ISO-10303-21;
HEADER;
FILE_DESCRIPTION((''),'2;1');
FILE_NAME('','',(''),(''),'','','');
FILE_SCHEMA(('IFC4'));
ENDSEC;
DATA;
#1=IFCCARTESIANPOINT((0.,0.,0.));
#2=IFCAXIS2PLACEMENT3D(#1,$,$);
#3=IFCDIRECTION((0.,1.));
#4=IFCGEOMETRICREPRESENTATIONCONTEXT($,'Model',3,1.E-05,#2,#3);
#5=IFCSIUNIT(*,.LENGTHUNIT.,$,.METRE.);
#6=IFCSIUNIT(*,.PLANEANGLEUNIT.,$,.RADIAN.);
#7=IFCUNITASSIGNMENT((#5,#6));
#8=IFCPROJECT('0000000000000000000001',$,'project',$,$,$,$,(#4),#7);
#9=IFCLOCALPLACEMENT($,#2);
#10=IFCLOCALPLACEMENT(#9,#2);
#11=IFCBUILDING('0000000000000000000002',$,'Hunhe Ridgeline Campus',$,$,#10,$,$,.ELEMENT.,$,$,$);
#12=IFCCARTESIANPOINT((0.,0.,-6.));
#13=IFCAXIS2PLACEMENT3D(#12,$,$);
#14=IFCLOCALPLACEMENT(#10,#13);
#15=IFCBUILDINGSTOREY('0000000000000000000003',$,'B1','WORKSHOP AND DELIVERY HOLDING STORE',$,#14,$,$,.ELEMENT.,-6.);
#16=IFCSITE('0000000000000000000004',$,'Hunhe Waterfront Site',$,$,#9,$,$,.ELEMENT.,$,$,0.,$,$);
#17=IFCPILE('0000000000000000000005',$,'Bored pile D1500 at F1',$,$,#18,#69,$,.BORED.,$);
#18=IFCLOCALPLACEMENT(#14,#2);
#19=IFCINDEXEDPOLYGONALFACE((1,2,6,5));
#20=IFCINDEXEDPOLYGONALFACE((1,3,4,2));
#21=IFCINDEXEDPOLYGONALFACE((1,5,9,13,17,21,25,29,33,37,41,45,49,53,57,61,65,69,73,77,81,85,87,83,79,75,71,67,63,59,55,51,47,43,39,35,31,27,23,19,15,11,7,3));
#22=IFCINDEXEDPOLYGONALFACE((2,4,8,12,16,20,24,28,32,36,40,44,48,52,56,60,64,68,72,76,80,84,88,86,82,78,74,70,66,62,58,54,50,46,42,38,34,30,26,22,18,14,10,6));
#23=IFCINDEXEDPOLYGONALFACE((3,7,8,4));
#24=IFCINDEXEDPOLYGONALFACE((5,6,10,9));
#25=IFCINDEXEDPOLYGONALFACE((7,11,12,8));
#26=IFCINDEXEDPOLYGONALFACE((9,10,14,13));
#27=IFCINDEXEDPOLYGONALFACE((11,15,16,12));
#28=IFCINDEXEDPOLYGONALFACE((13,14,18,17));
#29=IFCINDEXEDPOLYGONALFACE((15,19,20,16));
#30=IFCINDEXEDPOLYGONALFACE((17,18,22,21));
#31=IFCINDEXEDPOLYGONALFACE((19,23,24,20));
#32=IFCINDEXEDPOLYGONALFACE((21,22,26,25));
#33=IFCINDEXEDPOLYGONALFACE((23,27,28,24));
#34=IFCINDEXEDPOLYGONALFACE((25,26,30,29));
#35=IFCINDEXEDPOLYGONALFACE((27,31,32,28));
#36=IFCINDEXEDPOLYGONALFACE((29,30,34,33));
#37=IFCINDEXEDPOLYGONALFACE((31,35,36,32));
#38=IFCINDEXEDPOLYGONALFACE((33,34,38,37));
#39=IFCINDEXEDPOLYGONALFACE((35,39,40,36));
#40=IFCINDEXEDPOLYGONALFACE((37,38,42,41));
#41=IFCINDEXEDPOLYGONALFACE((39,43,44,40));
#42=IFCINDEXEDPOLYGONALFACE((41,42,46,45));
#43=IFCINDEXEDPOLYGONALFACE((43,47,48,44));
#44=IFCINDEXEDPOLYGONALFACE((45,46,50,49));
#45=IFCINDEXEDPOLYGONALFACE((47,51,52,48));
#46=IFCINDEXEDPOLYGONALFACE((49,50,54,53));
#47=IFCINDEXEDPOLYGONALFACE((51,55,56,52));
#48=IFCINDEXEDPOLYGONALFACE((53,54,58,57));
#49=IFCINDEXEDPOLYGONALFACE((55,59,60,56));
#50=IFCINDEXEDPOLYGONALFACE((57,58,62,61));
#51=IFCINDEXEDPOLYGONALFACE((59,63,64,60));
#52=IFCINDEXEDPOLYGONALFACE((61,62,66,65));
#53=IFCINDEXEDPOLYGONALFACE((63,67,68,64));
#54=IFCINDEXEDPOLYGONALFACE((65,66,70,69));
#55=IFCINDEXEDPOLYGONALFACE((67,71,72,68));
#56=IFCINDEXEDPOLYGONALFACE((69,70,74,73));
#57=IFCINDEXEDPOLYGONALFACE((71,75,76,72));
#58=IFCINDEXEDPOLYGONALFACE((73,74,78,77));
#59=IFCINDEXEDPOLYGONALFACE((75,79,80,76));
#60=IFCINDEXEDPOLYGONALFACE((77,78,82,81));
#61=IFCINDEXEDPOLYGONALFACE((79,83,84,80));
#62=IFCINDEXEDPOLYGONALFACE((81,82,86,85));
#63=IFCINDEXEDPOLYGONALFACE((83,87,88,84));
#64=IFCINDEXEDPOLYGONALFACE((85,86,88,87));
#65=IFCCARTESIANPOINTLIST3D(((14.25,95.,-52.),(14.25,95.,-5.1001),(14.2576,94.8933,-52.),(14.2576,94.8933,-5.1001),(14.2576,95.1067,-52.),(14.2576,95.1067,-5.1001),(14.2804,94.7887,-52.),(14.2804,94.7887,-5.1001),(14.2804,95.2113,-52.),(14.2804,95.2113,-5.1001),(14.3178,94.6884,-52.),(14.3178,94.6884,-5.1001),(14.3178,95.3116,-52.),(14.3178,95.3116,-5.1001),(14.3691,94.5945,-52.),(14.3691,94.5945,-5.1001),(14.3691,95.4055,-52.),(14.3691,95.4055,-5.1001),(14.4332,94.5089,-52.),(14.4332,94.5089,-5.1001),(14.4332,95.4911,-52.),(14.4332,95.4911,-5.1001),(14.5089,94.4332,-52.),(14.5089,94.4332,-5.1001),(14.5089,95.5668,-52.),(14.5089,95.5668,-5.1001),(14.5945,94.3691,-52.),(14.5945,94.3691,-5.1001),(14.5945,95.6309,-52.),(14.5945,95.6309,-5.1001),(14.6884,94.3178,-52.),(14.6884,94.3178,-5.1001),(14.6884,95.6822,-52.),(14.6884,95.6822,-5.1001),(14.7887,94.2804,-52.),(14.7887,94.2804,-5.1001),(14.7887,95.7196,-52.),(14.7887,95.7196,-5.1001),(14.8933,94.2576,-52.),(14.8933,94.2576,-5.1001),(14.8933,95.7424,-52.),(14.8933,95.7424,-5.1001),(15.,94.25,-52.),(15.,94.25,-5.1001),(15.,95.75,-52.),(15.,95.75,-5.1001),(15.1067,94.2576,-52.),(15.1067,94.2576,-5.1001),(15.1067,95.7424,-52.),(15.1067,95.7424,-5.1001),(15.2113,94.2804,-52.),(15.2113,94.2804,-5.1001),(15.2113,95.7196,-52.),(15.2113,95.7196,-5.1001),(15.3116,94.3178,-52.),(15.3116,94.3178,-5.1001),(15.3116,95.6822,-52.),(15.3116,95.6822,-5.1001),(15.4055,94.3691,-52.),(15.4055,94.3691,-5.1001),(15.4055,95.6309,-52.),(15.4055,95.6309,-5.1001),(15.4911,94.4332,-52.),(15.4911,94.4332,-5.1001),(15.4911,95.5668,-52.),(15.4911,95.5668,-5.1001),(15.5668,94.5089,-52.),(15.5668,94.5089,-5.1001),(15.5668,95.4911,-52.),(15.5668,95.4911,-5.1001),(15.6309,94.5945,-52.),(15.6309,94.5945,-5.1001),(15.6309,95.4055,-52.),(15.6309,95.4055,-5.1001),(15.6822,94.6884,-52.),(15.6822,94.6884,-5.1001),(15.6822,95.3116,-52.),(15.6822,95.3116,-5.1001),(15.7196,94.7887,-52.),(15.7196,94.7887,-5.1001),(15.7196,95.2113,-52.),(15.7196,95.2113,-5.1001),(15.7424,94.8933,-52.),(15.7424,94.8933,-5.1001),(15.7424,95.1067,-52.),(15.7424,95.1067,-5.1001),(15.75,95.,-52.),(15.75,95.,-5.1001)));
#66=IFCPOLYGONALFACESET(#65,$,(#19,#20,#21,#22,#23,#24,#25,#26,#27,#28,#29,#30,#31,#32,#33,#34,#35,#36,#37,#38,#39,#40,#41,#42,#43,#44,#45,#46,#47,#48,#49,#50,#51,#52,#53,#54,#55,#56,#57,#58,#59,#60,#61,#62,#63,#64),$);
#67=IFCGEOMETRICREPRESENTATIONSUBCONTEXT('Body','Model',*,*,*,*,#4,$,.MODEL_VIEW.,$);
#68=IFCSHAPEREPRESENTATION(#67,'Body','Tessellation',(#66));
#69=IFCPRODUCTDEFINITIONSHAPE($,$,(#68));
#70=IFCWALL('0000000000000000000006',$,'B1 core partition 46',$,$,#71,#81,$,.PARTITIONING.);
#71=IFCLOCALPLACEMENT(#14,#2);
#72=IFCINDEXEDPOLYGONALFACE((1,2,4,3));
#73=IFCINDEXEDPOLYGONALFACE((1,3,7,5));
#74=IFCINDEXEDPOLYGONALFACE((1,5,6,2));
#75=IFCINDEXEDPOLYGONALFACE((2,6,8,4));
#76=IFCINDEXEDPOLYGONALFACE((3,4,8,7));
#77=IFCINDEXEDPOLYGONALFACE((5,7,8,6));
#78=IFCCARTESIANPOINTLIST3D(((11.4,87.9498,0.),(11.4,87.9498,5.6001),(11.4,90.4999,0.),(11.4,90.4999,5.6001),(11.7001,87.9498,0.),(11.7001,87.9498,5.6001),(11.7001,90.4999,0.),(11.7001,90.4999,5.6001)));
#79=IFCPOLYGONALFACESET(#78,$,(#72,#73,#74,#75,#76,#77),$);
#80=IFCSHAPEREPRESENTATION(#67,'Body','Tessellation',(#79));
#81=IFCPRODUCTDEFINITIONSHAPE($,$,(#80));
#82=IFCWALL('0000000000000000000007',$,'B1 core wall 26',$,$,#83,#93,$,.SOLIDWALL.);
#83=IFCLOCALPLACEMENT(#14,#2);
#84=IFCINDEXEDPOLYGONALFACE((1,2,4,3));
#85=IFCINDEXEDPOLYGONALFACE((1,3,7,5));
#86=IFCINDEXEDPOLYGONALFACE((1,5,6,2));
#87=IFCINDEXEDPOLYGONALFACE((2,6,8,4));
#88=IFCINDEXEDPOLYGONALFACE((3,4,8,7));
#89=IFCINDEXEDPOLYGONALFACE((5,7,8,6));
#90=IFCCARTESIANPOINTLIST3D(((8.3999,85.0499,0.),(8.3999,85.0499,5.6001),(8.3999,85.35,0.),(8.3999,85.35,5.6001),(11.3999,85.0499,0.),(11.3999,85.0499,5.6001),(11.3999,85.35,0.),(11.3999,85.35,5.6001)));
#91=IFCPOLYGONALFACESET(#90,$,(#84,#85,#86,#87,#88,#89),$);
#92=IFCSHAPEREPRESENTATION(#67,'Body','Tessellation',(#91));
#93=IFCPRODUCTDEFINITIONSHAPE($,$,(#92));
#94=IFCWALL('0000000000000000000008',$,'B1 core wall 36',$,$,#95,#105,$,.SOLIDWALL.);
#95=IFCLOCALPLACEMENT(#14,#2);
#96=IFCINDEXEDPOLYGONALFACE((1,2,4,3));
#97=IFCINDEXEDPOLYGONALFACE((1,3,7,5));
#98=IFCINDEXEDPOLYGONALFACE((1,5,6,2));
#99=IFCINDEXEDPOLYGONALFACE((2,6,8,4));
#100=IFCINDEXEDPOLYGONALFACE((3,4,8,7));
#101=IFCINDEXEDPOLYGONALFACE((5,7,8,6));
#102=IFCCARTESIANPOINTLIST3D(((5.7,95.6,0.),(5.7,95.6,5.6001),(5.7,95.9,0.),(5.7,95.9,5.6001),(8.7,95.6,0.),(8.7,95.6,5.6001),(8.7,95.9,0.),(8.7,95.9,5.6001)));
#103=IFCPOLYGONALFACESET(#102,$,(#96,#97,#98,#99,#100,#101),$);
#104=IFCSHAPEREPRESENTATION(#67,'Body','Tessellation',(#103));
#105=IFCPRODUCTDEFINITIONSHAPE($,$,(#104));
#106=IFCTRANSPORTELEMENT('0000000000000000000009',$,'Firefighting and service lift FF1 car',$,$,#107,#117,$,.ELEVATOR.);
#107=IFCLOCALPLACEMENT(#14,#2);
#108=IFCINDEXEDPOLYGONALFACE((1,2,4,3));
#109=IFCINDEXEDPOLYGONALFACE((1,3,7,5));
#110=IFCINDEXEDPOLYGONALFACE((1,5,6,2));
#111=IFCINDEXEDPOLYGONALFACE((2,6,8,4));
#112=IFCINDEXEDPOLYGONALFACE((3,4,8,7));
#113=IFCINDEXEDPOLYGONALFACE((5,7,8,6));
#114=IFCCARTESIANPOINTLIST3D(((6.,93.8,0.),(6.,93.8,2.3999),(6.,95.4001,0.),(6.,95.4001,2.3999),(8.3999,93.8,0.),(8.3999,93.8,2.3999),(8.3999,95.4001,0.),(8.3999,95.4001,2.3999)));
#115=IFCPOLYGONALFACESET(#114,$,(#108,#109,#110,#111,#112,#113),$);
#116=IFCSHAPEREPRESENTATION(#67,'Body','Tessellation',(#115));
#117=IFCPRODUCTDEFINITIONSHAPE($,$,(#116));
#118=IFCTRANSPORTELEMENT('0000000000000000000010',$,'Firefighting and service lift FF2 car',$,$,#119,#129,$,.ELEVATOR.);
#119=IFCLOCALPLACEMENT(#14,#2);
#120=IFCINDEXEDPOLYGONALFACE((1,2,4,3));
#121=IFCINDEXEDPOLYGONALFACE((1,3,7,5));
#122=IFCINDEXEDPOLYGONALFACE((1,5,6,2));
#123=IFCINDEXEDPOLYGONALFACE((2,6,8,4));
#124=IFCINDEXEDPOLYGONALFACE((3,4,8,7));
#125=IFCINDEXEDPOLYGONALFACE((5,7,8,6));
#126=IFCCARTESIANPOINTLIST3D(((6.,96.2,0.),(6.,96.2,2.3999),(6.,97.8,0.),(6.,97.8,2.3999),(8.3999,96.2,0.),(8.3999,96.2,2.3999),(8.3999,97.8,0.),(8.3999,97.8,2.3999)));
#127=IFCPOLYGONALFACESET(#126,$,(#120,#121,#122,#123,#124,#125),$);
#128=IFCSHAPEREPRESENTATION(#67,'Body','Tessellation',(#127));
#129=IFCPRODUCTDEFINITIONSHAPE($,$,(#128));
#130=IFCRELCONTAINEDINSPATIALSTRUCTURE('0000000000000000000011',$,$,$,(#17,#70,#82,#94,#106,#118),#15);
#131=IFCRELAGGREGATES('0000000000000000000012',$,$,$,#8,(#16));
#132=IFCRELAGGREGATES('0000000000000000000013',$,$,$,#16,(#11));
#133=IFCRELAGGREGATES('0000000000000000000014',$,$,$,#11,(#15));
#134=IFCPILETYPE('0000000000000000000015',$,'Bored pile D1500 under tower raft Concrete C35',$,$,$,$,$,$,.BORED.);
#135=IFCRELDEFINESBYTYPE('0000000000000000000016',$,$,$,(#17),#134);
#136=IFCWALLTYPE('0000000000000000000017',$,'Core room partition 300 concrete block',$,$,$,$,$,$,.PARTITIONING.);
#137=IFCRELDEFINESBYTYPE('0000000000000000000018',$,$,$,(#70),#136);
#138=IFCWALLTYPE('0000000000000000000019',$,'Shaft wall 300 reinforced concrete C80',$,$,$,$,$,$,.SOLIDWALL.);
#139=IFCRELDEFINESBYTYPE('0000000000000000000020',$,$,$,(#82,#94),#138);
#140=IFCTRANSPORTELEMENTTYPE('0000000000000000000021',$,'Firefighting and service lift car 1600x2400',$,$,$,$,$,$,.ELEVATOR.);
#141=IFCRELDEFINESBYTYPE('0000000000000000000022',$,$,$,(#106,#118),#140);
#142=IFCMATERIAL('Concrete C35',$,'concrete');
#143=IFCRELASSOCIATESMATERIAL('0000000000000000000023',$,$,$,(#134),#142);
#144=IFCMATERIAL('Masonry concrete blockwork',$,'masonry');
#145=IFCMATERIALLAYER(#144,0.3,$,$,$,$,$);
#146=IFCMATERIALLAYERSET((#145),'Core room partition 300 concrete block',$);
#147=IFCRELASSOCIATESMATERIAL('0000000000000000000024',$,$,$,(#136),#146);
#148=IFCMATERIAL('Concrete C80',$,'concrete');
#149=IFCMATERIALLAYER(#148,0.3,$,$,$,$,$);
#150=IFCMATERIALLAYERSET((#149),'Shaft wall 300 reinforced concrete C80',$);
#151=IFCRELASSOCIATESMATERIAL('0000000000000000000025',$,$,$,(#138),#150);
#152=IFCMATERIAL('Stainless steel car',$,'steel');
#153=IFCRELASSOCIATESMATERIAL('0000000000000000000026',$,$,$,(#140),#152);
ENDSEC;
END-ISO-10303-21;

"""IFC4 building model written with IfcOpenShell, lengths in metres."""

from ifc_helpers import new_model, si_unit, direction, frame, frame_2d, origin, origin_2d, place, context, subcontext, project, spatial, rectangle, circle, extrude, material, layer, layer_set, material_profile, profile_set, type_object, element, save


model = new_model("IFC4")

# Units and contexts
model_context = context("Model", 3, precision=1e-05, world=origin(), true_north=direction((0.0, 1.0)))
body_context = subcontext(model_context, "Body", "Model", "MODEL_VIEW")
ifc_project = project(units=[si_unit("LENGTHUNIT", "METRE"), si_unit("PLANEANGLEUNIT", "RADIAN")], contexts=[model_context])

# Site, building, storey
site_placement = place(None, origin())
site = spatial("IfcSite", under=ifc_project, at=site_placement, Name="Hunhe Waterfront Site", CompositionType="ELEMENT", RefElevation=0.0)
building_placement = place(site_placement, origin())
building = spatial("IfcBuilding", under=site, at=building_placement, Name="Hunhe Ridgeline Campus", CompositionType="ELEMENT")
storey_placement = place(building_placement, frame((0.0, 0.0, -6.0)))
storey = spatial("IfcBuildingStorey", under=building, at=storey_placement, Name="B1", Description="WORKSHOP AND DELIVERY HOLDING STORE", CompositionType="ELEMENT", Elevation=-6.0)

# Pile
ifc_material_1 = material(Name="Concrete C35", Category="concrete")
ifc_material_profile = material_profile(ifc_material_1, circle(Radius=0.75, at=origin_2d()))
ifc_profile_set = profile_set([ifc_material_profile], Name="Concrete C35")
pile_type = type_object("IfcPileType", Name="Bored pile D1500 under tower raft Concrete C35", PredefinedType="BORED", material=ifc_profile_set)
for number, where, z_axis, x_axis, name in (
    (1, (15.0, 95.0, -5.1001), (0.0, 0.0, -1.0), (1.0, 0.0, 0.0), "Bored pile D1500 at F1"),
):
    element("IfcPile", number, at=place(storey_placement, frame(where, z_axis=z_axis, x_axis=x_axis)), inside=storey, type_object=pile_type, Name=name, PredefinedType="BORED", context=body_context, shape_type="SweptSolid", body=[
        extrude(circle(Radius=0.75, at=origin_2d()), origin(), (0.0, 0.0, 1.0), 46.8999),
    ])

# Walls
ifc_material_2 = material(Name="Masonry concrete blockwork", Category="masonry")
ifc_layer_1 = layer(ifc_material_2, 0.3)
ifc_layer_set_1 = layer_set([ifc_layer_1], Name="Core room partition 300 concrete block")
wall_type_1 = type_object("IfcWallType", Name="Core room partition 300 concrete block", PredefinedType="PARTITIONING", material=ifc_layer_set_1)
wall_1_placement = place(storey_placement, frame((11.55, 87.95, 0.0), z_axis=(0.0, 0.0, 1.0), x_axis=(0.0, 1.0, 0.0)))
element("IfcWall", 2, at=wall_1_placement, inside=storey, type_object=wall_type_1, Name="B1 core partition 46", PredefinedType="PARTITIONING", context=body_context, shape_type="SweptSolid", body=[
    extrude(rectangle(XDim=2.55, YDim=0.3, at=frame_2d((1.2749, 0.0))), origin(), (0.0, 0.0, 1.0), 5.6001),
])
ifc_material_3 = material(Name="Concrete C80", Category="concrete")
ifc_layer_2 = layer(ifc_material_3, 0.3)
ifc_layer_set_2 = layer_set([ifc_layer_2], Name="Shaft wall 300 reinforced concrete C80")
wall_type_2 = type_object("IfcWallType", Name="Shaft wall 300 reinforced concrete C80", PredefinedType="SOLIDWALL", material=ifc_layer_set_2)
for number, where, z_axis, x_axis, name in (
    (3, (8.3999, 85.2, 0.0), (0.0, 0.0, 1.0), (1.0, 0.0, 0.0), "B1 core wall 26"),
    (4, (5.7, 95.75, 0.0), (0.0, 0.0, 1.0), (1.0, 0.0, 0.0), "B1 core wall 36"),
):
    element("IfcWall", number, at=place(storey_placement, frame(where, z_axis=z_axis, x_axis=x_axis)), inside=storey, type_object=wall_type_2, Name=name, PredefinedType="SOLIDWALL", context=body_context, shape_type="SweptSolid", body=[
        extrude(rectangle(XDim=3.0, YDim=0.3, at=frame_2d((1.5, 0.0))), origin(), (0.0, 0.0, 1.0), 5.6001),
    ])

# Transport elements
ifc_material_4 = material(Name="Stainless steel car", Category="steel")
transport_element_type = type_object("IfcTransportElementType", Name="Firefighting and service lift car 1600x2400", PredefinedType="ELEVATOR", material=ifc_material_4)
for number, where, z_axis, x_axis, name in (
    (5, (7.2, 94.6001, 0.0), (0.0, 0.0, 1.0), (1.0, 0.0, 0.0), "Firefighting and service lift FF1 car"),
    (6, (7.2, 97.0, 0.0), (0.0, 0.0, 1.0), (1.0, 0.0, 0.0), "Firefighting and service lift FF2 car"),
):
    element("IfcTransportElement", number, at=place(storey_placement, frame(where, z_axis=z_axis, x_axis=x_axis)), inside=storey, type_object=transport_element_type, Name=name, PredefinedType="ELEVATOR", context=body_context, shape_type="SweptSolid", body=[
        extrude(rectangle(XDim=2.3999, YDim=1.6001, at=origin_2d()), origin(), (0.0, 0.0, 1.0), 2.3999),
    ])

save(model, "model.ifc")
